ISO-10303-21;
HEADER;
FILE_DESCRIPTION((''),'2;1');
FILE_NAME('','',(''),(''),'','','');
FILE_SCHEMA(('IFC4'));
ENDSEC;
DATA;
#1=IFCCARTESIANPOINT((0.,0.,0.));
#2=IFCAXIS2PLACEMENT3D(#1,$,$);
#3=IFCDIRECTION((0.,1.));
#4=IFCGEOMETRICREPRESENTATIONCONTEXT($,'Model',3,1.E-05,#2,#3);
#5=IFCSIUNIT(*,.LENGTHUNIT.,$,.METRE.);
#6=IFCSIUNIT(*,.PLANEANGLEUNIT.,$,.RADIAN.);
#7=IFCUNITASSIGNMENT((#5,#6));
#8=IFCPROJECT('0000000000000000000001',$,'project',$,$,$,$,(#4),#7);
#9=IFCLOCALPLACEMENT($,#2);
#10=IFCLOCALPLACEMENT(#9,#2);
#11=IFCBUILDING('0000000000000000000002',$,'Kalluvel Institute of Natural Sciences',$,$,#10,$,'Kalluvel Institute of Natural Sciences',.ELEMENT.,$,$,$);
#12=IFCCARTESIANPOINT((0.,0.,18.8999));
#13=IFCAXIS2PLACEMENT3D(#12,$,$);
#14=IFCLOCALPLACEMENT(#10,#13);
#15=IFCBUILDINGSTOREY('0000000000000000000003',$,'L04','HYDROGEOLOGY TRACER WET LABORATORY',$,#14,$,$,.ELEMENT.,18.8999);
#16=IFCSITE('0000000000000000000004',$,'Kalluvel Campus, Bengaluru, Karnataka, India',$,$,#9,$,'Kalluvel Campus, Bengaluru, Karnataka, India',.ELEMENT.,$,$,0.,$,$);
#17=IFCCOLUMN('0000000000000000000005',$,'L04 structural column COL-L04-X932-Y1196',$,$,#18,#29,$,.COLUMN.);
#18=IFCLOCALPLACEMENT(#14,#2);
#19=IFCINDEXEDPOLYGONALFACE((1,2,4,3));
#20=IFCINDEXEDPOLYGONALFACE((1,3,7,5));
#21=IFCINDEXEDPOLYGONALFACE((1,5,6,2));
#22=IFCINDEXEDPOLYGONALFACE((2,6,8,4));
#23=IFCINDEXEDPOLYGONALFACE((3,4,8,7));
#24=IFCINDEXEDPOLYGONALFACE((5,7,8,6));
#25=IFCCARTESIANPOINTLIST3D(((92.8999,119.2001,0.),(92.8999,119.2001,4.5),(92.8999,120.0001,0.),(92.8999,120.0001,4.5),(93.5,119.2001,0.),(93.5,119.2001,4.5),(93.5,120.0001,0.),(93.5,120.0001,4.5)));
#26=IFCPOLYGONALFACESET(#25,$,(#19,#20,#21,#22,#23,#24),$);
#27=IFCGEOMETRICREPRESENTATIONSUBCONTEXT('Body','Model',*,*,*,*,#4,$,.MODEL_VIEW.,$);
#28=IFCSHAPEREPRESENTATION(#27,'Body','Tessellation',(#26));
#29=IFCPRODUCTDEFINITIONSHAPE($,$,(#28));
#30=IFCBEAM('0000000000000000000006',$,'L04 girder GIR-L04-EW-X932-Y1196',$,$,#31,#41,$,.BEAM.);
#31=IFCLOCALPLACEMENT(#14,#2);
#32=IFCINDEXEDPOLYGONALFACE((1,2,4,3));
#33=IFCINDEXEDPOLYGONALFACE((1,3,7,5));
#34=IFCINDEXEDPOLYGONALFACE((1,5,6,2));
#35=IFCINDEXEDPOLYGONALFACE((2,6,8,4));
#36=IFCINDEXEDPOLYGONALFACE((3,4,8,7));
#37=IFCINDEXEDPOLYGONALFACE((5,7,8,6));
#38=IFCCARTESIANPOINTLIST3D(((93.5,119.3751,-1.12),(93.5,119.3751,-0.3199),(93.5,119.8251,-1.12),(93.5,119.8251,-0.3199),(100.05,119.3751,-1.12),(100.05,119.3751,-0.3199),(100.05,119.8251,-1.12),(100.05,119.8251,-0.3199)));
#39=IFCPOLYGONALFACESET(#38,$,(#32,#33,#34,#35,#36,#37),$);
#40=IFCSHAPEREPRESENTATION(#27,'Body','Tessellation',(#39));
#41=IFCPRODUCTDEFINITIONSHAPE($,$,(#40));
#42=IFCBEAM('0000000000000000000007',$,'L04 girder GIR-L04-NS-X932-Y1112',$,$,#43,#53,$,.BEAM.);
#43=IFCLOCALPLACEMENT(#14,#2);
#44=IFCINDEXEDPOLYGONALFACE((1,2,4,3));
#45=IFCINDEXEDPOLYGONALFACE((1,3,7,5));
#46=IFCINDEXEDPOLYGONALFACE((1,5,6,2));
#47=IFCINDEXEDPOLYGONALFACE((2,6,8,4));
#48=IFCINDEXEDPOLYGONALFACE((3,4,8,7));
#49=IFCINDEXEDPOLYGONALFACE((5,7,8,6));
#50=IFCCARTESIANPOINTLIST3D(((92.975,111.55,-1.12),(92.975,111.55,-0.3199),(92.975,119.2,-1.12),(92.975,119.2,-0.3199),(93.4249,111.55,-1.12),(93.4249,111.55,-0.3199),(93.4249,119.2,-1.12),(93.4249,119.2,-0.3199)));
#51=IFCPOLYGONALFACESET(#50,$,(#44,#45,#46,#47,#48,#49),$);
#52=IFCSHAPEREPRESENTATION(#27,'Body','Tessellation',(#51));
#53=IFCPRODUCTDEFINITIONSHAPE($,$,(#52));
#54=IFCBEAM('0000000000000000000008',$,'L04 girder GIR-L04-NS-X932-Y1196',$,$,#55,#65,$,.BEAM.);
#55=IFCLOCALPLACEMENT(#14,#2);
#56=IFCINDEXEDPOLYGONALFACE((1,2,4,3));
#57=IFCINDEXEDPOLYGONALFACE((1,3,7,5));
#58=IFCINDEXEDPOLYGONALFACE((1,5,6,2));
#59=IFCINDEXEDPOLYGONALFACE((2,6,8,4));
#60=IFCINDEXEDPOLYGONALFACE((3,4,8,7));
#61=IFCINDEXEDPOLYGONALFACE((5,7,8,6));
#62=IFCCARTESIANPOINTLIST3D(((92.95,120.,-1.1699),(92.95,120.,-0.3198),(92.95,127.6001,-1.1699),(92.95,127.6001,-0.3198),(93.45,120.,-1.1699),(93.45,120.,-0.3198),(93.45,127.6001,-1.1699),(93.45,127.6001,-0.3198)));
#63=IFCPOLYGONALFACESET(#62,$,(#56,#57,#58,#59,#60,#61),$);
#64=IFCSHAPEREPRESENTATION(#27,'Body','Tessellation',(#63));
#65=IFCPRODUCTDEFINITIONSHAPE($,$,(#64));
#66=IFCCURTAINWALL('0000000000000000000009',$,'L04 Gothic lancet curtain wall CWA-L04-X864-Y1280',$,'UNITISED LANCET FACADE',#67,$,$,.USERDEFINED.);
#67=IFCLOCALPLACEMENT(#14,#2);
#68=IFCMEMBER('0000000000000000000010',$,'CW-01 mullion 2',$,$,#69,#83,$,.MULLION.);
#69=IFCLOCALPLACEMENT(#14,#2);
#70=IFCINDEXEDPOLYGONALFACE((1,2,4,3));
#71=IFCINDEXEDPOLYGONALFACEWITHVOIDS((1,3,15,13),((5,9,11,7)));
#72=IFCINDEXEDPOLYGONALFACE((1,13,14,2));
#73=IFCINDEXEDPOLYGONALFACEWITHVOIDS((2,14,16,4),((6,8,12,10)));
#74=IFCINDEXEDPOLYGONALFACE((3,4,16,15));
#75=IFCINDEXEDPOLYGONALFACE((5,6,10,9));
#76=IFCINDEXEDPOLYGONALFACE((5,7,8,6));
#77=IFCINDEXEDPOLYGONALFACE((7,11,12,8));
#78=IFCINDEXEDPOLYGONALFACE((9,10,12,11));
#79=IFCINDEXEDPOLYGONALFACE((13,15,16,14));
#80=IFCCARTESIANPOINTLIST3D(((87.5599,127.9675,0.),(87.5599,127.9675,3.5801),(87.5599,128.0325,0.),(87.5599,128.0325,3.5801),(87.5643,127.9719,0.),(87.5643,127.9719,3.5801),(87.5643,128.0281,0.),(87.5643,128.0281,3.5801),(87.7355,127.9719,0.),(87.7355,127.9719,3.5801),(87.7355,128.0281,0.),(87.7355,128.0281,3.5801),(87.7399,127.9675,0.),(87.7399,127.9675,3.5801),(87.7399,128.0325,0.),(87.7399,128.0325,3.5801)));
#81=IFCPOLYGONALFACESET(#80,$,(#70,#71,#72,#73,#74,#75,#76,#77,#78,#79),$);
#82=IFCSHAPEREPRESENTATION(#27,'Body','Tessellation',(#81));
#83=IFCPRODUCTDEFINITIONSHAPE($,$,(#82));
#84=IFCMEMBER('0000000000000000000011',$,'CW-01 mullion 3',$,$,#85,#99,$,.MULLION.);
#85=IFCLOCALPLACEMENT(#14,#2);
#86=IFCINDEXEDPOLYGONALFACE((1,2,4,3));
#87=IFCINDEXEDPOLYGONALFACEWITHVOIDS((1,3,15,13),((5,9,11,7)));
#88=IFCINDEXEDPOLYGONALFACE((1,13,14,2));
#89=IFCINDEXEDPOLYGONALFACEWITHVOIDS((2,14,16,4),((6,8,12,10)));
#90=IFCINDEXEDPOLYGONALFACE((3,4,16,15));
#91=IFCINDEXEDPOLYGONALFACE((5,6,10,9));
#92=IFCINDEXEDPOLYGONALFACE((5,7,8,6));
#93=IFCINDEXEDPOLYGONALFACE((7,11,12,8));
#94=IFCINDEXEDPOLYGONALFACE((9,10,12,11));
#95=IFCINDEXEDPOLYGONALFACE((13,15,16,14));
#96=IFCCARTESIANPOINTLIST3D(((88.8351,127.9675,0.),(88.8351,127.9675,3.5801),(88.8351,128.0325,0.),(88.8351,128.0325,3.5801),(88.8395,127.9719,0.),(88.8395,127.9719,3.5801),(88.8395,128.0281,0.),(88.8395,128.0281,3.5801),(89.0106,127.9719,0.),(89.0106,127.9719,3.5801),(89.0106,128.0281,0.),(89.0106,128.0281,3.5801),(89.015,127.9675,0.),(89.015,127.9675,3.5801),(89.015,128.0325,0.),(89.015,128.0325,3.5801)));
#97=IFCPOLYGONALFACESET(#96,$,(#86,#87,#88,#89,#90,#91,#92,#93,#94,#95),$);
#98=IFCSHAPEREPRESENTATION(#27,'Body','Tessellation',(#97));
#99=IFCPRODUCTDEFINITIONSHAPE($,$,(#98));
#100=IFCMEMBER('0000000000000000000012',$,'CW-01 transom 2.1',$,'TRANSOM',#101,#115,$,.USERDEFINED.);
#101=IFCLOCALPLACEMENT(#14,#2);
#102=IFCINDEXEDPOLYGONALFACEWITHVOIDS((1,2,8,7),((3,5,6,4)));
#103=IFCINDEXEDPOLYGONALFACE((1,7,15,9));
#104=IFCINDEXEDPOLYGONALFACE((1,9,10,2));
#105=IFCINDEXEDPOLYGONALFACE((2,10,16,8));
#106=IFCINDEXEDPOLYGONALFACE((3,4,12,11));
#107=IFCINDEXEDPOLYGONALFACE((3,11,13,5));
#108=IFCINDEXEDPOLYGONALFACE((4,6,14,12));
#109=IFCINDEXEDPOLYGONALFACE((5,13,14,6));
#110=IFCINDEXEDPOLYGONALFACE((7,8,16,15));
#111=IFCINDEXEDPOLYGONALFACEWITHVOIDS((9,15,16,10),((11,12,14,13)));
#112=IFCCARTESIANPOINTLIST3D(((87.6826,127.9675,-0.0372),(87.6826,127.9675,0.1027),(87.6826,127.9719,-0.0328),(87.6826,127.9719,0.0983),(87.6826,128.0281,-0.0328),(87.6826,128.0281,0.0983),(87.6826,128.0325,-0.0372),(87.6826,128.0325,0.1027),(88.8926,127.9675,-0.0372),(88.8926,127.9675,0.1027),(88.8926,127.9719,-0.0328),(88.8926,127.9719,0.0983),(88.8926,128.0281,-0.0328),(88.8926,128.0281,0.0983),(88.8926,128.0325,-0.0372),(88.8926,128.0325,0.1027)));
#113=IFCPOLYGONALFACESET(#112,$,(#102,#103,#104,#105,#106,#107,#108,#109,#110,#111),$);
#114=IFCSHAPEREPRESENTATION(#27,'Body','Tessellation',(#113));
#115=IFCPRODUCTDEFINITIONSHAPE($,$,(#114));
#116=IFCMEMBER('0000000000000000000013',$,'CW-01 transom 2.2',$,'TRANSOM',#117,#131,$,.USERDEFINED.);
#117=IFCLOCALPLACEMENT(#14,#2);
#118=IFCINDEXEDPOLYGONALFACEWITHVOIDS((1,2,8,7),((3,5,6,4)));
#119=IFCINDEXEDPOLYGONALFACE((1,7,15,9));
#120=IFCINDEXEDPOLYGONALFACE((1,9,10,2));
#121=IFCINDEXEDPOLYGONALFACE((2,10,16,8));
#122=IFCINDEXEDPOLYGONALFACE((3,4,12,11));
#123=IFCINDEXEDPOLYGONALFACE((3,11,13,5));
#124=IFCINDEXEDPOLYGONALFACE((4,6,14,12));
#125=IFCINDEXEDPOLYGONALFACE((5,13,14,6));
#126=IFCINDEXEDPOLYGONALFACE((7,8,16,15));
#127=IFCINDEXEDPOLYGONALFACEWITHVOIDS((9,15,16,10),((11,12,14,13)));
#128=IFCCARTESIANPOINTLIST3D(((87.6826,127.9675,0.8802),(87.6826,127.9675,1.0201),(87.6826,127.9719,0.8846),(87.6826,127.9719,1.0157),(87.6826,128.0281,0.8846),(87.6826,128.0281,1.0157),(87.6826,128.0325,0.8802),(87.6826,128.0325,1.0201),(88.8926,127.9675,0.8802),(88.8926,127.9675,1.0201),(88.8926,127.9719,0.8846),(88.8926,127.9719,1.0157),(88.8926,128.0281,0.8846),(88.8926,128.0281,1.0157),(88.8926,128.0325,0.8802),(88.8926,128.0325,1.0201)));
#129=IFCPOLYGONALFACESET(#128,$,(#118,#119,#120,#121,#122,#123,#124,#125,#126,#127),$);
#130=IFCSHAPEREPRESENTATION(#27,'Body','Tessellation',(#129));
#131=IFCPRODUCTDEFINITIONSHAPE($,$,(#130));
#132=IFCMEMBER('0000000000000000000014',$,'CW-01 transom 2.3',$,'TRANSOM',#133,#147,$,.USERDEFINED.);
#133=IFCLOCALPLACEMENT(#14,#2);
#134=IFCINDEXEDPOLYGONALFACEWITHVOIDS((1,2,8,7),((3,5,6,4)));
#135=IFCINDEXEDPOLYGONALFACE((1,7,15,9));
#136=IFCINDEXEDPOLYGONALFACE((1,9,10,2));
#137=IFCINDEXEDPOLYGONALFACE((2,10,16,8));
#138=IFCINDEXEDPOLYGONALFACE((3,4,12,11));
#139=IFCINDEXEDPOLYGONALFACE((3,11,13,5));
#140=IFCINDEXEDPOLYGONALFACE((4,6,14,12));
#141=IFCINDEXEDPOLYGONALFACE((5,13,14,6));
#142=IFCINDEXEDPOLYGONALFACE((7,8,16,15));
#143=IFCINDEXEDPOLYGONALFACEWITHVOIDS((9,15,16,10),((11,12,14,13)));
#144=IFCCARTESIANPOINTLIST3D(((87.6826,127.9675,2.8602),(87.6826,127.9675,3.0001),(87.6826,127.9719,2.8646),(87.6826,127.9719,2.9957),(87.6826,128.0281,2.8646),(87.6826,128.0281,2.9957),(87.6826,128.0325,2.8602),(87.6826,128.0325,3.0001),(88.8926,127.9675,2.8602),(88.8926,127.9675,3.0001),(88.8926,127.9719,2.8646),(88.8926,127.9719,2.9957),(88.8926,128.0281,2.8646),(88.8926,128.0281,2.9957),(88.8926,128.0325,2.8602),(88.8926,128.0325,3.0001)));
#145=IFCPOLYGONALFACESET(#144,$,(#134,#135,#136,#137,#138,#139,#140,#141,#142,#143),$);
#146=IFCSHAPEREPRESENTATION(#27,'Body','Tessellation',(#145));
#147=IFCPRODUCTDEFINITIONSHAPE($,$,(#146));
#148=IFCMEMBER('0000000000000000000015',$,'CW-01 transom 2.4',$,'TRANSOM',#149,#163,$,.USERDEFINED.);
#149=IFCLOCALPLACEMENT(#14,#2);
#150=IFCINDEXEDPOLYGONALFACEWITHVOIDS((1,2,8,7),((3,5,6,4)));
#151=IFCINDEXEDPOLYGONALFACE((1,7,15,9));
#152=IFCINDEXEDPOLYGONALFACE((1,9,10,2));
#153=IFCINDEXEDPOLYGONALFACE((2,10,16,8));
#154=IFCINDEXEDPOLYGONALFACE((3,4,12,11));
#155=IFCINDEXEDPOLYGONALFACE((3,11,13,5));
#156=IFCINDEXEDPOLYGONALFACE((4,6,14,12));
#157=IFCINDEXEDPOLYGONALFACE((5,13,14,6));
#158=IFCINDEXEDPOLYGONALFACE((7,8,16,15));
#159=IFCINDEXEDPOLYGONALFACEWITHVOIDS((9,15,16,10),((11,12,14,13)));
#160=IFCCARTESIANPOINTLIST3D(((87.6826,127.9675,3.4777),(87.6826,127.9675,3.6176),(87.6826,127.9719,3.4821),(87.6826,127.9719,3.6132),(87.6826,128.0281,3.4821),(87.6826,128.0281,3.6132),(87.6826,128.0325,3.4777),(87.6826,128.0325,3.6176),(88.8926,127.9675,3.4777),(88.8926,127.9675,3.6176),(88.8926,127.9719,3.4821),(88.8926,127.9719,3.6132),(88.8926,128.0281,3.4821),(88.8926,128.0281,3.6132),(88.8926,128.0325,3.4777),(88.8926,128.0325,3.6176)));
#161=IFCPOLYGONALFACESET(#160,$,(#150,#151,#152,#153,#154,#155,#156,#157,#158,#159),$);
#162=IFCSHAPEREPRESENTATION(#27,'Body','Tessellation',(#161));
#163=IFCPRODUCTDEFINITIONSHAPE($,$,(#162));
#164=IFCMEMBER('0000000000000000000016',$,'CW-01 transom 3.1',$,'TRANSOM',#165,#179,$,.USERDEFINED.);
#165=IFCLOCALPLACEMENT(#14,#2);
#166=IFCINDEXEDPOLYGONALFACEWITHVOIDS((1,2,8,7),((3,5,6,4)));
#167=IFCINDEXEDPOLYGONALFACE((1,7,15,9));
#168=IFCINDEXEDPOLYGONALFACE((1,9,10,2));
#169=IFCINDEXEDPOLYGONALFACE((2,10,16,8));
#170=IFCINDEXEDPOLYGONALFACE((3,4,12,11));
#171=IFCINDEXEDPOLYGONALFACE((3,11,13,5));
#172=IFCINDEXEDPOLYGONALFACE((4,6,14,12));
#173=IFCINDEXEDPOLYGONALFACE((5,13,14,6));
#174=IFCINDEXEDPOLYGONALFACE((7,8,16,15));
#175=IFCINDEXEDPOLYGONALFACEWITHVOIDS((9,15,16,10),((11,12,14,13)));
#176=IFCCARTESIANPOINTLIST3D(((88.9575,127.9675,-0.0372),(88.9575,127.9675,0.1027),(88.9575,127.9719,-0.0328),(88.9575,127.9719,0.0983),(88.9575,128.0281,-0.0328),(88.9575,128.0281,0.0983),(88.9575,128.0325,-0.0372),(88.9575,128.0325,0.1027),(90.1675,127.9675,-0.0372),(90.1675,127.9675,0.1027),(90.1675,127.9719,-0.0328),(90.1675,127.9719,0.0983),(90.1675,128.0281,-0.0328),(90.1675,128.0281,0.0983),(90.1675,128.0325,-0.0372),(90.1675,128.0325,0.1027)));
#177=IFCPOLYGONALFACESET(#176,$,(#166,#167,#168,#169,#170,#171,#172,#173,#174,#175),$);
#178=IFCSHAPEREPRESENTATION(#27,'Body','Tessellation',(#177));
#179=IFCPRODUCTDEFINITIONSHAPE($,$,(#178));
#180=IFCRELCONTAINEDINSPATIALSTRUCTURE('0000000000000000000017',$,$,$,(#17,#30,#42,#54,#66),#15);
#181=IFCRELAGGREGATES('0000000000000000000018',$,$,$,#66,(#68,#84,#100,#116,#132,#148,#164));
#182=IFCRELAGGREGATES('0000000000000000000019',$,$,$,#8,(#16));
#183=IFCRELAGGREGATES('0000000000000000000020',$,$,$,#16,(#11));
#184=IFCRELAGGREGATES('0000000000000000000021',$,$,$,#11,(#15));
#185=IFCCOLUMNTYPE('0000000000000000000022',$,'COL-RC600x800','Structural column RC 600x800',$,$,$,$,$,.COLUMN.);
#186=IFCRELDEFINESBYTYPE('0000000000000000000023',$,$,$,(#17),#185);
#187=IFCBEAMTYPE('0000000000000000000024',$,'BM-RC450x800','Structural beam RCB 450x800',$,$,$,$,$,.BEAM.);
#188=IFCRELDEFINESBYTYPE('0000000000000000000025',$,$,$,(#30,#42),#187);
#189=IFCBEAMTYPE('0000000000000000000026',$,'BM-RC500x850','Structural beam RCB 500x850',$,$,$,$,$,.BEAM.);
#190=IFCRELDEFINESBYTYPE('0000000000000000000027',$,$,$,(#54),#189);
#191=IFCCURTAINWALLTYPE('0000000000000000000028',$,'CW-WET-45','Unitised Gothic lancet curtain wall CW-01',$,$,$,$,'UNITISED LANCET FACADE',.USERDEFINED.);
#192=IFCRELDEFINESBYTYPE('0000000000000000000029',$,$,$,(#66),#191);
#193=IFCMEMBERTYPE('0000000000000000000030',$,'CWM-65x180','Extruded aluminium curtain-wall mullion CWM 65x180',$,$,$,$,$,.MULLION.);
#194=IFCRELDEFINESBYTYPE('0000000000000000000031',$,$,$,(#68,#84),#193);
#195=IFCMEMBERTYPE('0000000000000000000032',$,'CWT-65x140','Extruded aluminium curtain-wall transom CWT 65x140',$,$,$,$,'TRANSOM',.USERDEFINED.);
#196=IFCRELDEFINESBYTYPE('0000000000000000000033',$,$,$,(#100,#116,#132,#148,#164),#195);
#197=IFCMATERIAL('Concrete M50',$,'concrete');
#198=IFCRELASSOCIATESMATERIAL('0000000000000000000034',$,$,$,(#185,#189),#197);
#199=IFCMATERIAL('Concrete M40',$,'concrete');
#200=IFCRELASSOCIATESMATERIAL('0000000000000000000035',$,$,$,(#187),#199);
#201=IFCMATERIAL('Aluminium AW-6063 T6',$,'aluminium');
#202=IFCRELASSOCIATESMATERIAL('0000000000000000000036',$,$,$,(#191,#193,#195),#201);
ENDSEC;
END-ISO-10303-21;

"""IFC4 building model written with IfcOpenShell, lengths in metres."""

from ifc_helpers import new_model, si_unit, direction, frame, origin, origin_2d, place, context, subcontext, project, spatial, rectangle, hollow_rectangle, extrude, material, material_profile, profile_set, type_object, element, aggregate, save


model = new_model("IFC4")

# Units and contexts
model_context = context("Model", 3, precision=1e-05, world=origin(), true_north=direction((0.0, 1.0)))
body_context = subcontext(model_context, "Body", "Model", "MODEL_VIEW")
ifc_project = project(units=[si_unit("LENGTHUNIT", "METRE"), si_unit("PLANEANGLEUNIT", "RADIAN")], contexts=[model_context])

# Site, building, storey
site_placement = place(None, origin())
site = spatial("IfcSite", under=ifc_project, at=site_placement, Name="Kalluvel Campus, Bengaluru, Karnataka, India", LongName="Kalluvel Campus, Bengaluru, Karnataka, India", CompositionType="ELEMENT", RefElevation=0.0)
building_placement = place(site_placement, origin())
building = spatial("IfcBuilding", under=site, at=building_placement, Name="Kalluvel Institute of Natural Sciences", LongName="Kalluvel Institute of Natural Sciences", CompositionType="ELEMENT")
storey_placement = place(building_placement, frame((0.0, 0.0, 18.8999)))
storey = spatial("IfcBuildingStorey", under=building, at=storey_placement, Name="L04", Description="HYDROGEOLOGY TRACER WET LABORATORY", CompositionType="ELEMENT", Elevation=18.8999)

# Column
ifc_material_1 = material(Name="Concrete M50", Category="concrete")
ifc_material_profile_1 = material_profile(ifc_material_1, rectangle(XDim=0.6001, YDim=0.8, at=origin_2d()), Name="RC 600x800")
ifc_profile_set_1 = profile_set([ifc_material_profile_1], Name="Concrete M50")
column_type = type_object("IfcColumnType", Name="COL-RC600x800", Description="Structural column RC 600x800", PredefinedType="COLUMN", material=ifc_profile_set_1)
column_placement = place(storey_placement, frame((93.2, 119.6001, 0.0), z_axis=(0.0, 0.0, 1.0), x_axis=(1.0, 0.0, 0.0)))
element("IfcColumn", 1, at=column_placement, inside=storey, type_object=column_type, Name="L04 structural column COL-L04-X932-Y1196", PredefinedType="COLUMN", context=body_context, shape_type="SweptSolid", body=[
    extrude(rectangle(XDim=0.6001, YDim=0.8, at=origin_2d()), origin(), (0.0, 0.0, 1.0), 4.5),
])

# Beams
ifc_material_2 = material(Name="Concrete M40", Category="concrete")
ifc_material_profile_2 = material_profile(ifc_material_2, rectangle(XDim=0.45, YDim=0.8, at=origin_2d()), Name="RCB 450x800")
ifc_profile_set_2 = profile_set([ifc_material_profile_2], Name="Concrete M40")
beam_type_1 = type_object("IfcBeamType", Name="BM-RC450x800", Description="Structural beam RCB 450x800", PredefinedType="BEAM", material=ifc_profile_set_2)
beam_1_placement = place(storey_placement, frame((93.5, 119.6001, -0.72), z_axis=(1.0, 0.0, 0.0), x_axis=(0.0, 1.0, 0.0)))
element("IfcBeam", 2, at=beam_1_placement, inside=storey, type_object=beam_type_1, Name="L04 girder GIR-L04-EW-X932-Y1196", PredefinedType="BEAM", context=body_context, shape_type="SweptSolid", body=[
    extrude(rectangle(XDim=0.45, YDim=0.8, at=origin_2d()), origin(), (0.0, 0.0, 1.0), 6.55),
])
beam_2_placement = place(storey_placement, frame((93.2, 111.55, -0.72), z_axis=(0.0, 1.0, 0.0), x_axis=(-1.0, 0.0, 0.0)))
element("IfcBeam", 3, at=beam_2_placement, inside=storey, type_object=beam_type_1, Name="L04 girder GIR-L04-NS-X932-Y1112", PredefinedType="BEAM", context=body_context, shape_type="SweptSolid", body=[
    extrude(rectangle(XDim=0.45, YDim=0.8, at=origin_2d()), origin(), (0.0, 0.0, 1.0), 7.6499),
])
ifc_material_profile_3 = material_profile(ifc_material_1, rectangle(XDim=0.5, YDim=0.8501, at=origin_2d()), Name="RCB 500x850")
ifc_profile_set_3 = profile_set([ifc_material_profile_3], Name="Concrete M50")
beam_type_2 = type_object("IfcBeamType", Name="BM-RC500x850", Description="Structural beam RCB 500x850", PredefinedType="BEAM", material=ifc_profile_set_3)
beam_3_placement = place(storey_placement, frame((93.2, 120.0, -0.7449), z_axis=(0.0, 1.0, 0.0), x_axis=(-1.0, 0.0, 0.0)))
element("IfcBeam", 4, at=beam_3_placement, inside=storey, type_object=beam_type_2, Name="L04 girder GIR-L04-NS-X932-Y1196", PredefinedType="BEAM", context=body_context, shape_type="SweptSolid", body=[
    extrude(rectangle(XDim=0.5, YDim=0.8501, at=origin_2d()), origin(), (0.0, 0.0, 1.0), 7.6001),
])

# Curtain wall, members
ifc_material_3 = material(Name="Aluminium AW-6063 T6", Category="aluminium")
curtain_wall_type = type_object("IfcCurtainWallType", Name="CW-WET-45", Description="Unitised Gothic lancet curtain wall CW-01", ElementType="UNITISED LANCET FACADE", PredefinedType="USERDEFINED", material=ifc_material_3)
curtain_wall_placement = place(storey_placement, origin())
curtain_wall = element("IfcCurtainWall", 5, at=curtain_wall_placement, inside=storey, type_object=curtain_wall_type, Name="L04 Gothic lancet curtain wall CWA-L04-X864-Y1280", ObjectType="UNITISED LANCET FACADE", PredefinedType="USERDEFINED")
ifc_material_profile_4 = material_profile(ifc_material_3, hollow_rectangle(XDim=0.0649, YDim=0.1799, WallThickness=0.0044, at=origin_2d()), Name="CWM 65x180")
ifc_profile_set_4 = profile_set([ifc_material_profile_4], Name="Aluminium AW-6063 T6")
member_type_1 = type_object("IfcMemberType", Name="CWM-65x180", Description="Extruded aluminium curtain-wall mullion CWM 65x180", PredefinedType="MULLION", material=ifc_profile_set_4)
member_1_placement = place(storey_placement, frame((87.6499, 128.0, 0.0), z_axis=(0.0, 0.0, 1.0), x_axis=(0.0, 1.0, 0.0)))
member_1 = element("IfcMember", 6, at=member_1_placement, type_object=member_type_1, Name="CW-01 mullion 2", PredefinedType="MULLION", context=body_context, shape_type="SweptSolid", body=[
    extrude(hollow_rectangle(XDim=0.0649, YDim=0.1799, WallThickness=0.0044, at=origin_2d()), origin(), (0.0, 0.0, 1.0), 3.5801),
])
member_2_placement = place(storey_placement, frame((88.925, 128.0, 0.0), z_axis=(0.0, 0.0, 1.0), x_axis=(0.0, 1.0, 0.0)))
member_2 = element("IfcMember", 7, at=member_2_placement, type_object=member_type_1, Name="CW-01 mullion 3", PredefinedType="MULLION", context=body_context, shape_type="SweptSolid", body=[
    extrude(hollow_rectangle(XDim=0.0649, YDim=0.1799, WallThickness=0.0044, at=origin_2d()), origin(), (0.0, 0.0, 1.0), 3.5801),
])
ifc_material_profile_5 = material_profile(ifc_material_3, hollow_rectangle(XDim=0.0649, YDim=0.1399, WallThickness=0.0044, at=origin_2d()), Name="CWT 65x140")
ifc_profile_set_5 = profile_set([ifc_material_profile_5], Name="Aluminium AW-6063 T6")
member_type_2 = type_object("IfcMemberType", Name="CWT-65x140", Description="Extruded aluminium curtain-wall transom CWT 65x140", ElementType="TRANSOM", PredefinedType="USERDEFINED", material=ifc_profile_set_5)
member_3_placement = place(storey_placement, frame((87.6826, 128.0, 0.0327), z_axis=(1.0, 0.0, 0.0), x_axis=(0.0, 1.0, 0.0)))
member_3 = element("IfcMember", 8, at=member_3_placement, type_object=member_type_2, Name="CW-01 transom 2.1", ObjectType="TRANSOM", PredefinedType="USERDEFINED", context=body_context, shape_type="SweptSolid", body=[
    extrude(hollow_rectangle(XDim=0.0649, YDim=0.1399, WallThickness=0.0044, at=origin_2d()), origin(), (0.0, 0.0, 1.0), 1.21),
])
member_4_placement = place(storey_placement, frame((87.6826, 128.0, 0.9502), z_axis=(1.0, 0.0, 0.0), x_axis=(0.0, 1.0, 0.0)))
member_4 = element("IfcMember", 9, at=member_4_placement, type_object=member_type_2, Name="CW-01 transom 2.2", ObjectType="TRANSOM", PredefinedType="USERDEFINED", context=body_context, shape_type="SweptSolid", body=[
    extrude(hollow_rectangle(XDim=0.0649, YDim=0.1399, WallThickness=0.0044, at=origin_2d()), origin(), (0.0, 0.0, 1.0), 1.21),
])
member_5_placement = place(storey_placement, frame((87.6826, 128.0, 2.9302), z_axis=(1.0, 0.0, 0.0), x_axis=(0.0, 1.0, 0.0)))
member_5 = element("IfcMember", 10, at=member_5_placement, type_object=member_type_2, Name="CW-01 transom 2.3", ObjectType="TRANSOM", PredefinedType="USERDEFINED", context=body_context, shape_type="SweptSolid", body=[
    extrude(hollow_rectangle(XDim=0.0649, YDim=0.1399, WallThickness=0.0044, at=origin_2d()), origin(), (0.0, 0.0, 1.0), 1.21),
])
member_6_placement = place(storey_placement, frame((87.6826, 128.0, 3.5476), z_axis=(1.0, 0.0, 0.0), x_axis=(0.0, 1.0, 0.0)))
member_6 = element("IfcMember", 11, at=member_6_placement, type_object=member_type_2, Name="CW-01 transom 2.4", ObjectType="TRANSOM", PredefinedType="USERDEFINED", context=body_context, shape_type="SweptSolid", body=[
    extrude(hollow_rectangle(XDim=0.0649, YDim=0.1399, WallThickness=0.0044, at=origin_2d()), origin(), (0.0, 0.0, 1.0), 1.21),
])
member_7_placement = place(storey_placement, frame((88.9575, 128.0, 0.0327), z_axis=(1.0, 0.0, 0.0), x_axis=(0.0, 1.0, 0.0)))
member_7 = element("IfcMember", 12, at=member_7_placement, type_object=member_type_2, Name="CW-01 transom 3.1", ObjectType="TRANSOM", PredefinedType="USERDEFINED", context=body_context, shape_type="SweptSolid", body=[
    extrude(hollow_rectangle(XDim=0.0649, YDim=0.1399, WallThickness=0.0044, at=origin_2d()), origin(), (0.0, 0.0, 1.0), 1.21),
])

aggregate(curtain_wall, [member_1, member_2, member_3, member_4, member_5, member_6, member_7])

save(model, "model.ifc")
